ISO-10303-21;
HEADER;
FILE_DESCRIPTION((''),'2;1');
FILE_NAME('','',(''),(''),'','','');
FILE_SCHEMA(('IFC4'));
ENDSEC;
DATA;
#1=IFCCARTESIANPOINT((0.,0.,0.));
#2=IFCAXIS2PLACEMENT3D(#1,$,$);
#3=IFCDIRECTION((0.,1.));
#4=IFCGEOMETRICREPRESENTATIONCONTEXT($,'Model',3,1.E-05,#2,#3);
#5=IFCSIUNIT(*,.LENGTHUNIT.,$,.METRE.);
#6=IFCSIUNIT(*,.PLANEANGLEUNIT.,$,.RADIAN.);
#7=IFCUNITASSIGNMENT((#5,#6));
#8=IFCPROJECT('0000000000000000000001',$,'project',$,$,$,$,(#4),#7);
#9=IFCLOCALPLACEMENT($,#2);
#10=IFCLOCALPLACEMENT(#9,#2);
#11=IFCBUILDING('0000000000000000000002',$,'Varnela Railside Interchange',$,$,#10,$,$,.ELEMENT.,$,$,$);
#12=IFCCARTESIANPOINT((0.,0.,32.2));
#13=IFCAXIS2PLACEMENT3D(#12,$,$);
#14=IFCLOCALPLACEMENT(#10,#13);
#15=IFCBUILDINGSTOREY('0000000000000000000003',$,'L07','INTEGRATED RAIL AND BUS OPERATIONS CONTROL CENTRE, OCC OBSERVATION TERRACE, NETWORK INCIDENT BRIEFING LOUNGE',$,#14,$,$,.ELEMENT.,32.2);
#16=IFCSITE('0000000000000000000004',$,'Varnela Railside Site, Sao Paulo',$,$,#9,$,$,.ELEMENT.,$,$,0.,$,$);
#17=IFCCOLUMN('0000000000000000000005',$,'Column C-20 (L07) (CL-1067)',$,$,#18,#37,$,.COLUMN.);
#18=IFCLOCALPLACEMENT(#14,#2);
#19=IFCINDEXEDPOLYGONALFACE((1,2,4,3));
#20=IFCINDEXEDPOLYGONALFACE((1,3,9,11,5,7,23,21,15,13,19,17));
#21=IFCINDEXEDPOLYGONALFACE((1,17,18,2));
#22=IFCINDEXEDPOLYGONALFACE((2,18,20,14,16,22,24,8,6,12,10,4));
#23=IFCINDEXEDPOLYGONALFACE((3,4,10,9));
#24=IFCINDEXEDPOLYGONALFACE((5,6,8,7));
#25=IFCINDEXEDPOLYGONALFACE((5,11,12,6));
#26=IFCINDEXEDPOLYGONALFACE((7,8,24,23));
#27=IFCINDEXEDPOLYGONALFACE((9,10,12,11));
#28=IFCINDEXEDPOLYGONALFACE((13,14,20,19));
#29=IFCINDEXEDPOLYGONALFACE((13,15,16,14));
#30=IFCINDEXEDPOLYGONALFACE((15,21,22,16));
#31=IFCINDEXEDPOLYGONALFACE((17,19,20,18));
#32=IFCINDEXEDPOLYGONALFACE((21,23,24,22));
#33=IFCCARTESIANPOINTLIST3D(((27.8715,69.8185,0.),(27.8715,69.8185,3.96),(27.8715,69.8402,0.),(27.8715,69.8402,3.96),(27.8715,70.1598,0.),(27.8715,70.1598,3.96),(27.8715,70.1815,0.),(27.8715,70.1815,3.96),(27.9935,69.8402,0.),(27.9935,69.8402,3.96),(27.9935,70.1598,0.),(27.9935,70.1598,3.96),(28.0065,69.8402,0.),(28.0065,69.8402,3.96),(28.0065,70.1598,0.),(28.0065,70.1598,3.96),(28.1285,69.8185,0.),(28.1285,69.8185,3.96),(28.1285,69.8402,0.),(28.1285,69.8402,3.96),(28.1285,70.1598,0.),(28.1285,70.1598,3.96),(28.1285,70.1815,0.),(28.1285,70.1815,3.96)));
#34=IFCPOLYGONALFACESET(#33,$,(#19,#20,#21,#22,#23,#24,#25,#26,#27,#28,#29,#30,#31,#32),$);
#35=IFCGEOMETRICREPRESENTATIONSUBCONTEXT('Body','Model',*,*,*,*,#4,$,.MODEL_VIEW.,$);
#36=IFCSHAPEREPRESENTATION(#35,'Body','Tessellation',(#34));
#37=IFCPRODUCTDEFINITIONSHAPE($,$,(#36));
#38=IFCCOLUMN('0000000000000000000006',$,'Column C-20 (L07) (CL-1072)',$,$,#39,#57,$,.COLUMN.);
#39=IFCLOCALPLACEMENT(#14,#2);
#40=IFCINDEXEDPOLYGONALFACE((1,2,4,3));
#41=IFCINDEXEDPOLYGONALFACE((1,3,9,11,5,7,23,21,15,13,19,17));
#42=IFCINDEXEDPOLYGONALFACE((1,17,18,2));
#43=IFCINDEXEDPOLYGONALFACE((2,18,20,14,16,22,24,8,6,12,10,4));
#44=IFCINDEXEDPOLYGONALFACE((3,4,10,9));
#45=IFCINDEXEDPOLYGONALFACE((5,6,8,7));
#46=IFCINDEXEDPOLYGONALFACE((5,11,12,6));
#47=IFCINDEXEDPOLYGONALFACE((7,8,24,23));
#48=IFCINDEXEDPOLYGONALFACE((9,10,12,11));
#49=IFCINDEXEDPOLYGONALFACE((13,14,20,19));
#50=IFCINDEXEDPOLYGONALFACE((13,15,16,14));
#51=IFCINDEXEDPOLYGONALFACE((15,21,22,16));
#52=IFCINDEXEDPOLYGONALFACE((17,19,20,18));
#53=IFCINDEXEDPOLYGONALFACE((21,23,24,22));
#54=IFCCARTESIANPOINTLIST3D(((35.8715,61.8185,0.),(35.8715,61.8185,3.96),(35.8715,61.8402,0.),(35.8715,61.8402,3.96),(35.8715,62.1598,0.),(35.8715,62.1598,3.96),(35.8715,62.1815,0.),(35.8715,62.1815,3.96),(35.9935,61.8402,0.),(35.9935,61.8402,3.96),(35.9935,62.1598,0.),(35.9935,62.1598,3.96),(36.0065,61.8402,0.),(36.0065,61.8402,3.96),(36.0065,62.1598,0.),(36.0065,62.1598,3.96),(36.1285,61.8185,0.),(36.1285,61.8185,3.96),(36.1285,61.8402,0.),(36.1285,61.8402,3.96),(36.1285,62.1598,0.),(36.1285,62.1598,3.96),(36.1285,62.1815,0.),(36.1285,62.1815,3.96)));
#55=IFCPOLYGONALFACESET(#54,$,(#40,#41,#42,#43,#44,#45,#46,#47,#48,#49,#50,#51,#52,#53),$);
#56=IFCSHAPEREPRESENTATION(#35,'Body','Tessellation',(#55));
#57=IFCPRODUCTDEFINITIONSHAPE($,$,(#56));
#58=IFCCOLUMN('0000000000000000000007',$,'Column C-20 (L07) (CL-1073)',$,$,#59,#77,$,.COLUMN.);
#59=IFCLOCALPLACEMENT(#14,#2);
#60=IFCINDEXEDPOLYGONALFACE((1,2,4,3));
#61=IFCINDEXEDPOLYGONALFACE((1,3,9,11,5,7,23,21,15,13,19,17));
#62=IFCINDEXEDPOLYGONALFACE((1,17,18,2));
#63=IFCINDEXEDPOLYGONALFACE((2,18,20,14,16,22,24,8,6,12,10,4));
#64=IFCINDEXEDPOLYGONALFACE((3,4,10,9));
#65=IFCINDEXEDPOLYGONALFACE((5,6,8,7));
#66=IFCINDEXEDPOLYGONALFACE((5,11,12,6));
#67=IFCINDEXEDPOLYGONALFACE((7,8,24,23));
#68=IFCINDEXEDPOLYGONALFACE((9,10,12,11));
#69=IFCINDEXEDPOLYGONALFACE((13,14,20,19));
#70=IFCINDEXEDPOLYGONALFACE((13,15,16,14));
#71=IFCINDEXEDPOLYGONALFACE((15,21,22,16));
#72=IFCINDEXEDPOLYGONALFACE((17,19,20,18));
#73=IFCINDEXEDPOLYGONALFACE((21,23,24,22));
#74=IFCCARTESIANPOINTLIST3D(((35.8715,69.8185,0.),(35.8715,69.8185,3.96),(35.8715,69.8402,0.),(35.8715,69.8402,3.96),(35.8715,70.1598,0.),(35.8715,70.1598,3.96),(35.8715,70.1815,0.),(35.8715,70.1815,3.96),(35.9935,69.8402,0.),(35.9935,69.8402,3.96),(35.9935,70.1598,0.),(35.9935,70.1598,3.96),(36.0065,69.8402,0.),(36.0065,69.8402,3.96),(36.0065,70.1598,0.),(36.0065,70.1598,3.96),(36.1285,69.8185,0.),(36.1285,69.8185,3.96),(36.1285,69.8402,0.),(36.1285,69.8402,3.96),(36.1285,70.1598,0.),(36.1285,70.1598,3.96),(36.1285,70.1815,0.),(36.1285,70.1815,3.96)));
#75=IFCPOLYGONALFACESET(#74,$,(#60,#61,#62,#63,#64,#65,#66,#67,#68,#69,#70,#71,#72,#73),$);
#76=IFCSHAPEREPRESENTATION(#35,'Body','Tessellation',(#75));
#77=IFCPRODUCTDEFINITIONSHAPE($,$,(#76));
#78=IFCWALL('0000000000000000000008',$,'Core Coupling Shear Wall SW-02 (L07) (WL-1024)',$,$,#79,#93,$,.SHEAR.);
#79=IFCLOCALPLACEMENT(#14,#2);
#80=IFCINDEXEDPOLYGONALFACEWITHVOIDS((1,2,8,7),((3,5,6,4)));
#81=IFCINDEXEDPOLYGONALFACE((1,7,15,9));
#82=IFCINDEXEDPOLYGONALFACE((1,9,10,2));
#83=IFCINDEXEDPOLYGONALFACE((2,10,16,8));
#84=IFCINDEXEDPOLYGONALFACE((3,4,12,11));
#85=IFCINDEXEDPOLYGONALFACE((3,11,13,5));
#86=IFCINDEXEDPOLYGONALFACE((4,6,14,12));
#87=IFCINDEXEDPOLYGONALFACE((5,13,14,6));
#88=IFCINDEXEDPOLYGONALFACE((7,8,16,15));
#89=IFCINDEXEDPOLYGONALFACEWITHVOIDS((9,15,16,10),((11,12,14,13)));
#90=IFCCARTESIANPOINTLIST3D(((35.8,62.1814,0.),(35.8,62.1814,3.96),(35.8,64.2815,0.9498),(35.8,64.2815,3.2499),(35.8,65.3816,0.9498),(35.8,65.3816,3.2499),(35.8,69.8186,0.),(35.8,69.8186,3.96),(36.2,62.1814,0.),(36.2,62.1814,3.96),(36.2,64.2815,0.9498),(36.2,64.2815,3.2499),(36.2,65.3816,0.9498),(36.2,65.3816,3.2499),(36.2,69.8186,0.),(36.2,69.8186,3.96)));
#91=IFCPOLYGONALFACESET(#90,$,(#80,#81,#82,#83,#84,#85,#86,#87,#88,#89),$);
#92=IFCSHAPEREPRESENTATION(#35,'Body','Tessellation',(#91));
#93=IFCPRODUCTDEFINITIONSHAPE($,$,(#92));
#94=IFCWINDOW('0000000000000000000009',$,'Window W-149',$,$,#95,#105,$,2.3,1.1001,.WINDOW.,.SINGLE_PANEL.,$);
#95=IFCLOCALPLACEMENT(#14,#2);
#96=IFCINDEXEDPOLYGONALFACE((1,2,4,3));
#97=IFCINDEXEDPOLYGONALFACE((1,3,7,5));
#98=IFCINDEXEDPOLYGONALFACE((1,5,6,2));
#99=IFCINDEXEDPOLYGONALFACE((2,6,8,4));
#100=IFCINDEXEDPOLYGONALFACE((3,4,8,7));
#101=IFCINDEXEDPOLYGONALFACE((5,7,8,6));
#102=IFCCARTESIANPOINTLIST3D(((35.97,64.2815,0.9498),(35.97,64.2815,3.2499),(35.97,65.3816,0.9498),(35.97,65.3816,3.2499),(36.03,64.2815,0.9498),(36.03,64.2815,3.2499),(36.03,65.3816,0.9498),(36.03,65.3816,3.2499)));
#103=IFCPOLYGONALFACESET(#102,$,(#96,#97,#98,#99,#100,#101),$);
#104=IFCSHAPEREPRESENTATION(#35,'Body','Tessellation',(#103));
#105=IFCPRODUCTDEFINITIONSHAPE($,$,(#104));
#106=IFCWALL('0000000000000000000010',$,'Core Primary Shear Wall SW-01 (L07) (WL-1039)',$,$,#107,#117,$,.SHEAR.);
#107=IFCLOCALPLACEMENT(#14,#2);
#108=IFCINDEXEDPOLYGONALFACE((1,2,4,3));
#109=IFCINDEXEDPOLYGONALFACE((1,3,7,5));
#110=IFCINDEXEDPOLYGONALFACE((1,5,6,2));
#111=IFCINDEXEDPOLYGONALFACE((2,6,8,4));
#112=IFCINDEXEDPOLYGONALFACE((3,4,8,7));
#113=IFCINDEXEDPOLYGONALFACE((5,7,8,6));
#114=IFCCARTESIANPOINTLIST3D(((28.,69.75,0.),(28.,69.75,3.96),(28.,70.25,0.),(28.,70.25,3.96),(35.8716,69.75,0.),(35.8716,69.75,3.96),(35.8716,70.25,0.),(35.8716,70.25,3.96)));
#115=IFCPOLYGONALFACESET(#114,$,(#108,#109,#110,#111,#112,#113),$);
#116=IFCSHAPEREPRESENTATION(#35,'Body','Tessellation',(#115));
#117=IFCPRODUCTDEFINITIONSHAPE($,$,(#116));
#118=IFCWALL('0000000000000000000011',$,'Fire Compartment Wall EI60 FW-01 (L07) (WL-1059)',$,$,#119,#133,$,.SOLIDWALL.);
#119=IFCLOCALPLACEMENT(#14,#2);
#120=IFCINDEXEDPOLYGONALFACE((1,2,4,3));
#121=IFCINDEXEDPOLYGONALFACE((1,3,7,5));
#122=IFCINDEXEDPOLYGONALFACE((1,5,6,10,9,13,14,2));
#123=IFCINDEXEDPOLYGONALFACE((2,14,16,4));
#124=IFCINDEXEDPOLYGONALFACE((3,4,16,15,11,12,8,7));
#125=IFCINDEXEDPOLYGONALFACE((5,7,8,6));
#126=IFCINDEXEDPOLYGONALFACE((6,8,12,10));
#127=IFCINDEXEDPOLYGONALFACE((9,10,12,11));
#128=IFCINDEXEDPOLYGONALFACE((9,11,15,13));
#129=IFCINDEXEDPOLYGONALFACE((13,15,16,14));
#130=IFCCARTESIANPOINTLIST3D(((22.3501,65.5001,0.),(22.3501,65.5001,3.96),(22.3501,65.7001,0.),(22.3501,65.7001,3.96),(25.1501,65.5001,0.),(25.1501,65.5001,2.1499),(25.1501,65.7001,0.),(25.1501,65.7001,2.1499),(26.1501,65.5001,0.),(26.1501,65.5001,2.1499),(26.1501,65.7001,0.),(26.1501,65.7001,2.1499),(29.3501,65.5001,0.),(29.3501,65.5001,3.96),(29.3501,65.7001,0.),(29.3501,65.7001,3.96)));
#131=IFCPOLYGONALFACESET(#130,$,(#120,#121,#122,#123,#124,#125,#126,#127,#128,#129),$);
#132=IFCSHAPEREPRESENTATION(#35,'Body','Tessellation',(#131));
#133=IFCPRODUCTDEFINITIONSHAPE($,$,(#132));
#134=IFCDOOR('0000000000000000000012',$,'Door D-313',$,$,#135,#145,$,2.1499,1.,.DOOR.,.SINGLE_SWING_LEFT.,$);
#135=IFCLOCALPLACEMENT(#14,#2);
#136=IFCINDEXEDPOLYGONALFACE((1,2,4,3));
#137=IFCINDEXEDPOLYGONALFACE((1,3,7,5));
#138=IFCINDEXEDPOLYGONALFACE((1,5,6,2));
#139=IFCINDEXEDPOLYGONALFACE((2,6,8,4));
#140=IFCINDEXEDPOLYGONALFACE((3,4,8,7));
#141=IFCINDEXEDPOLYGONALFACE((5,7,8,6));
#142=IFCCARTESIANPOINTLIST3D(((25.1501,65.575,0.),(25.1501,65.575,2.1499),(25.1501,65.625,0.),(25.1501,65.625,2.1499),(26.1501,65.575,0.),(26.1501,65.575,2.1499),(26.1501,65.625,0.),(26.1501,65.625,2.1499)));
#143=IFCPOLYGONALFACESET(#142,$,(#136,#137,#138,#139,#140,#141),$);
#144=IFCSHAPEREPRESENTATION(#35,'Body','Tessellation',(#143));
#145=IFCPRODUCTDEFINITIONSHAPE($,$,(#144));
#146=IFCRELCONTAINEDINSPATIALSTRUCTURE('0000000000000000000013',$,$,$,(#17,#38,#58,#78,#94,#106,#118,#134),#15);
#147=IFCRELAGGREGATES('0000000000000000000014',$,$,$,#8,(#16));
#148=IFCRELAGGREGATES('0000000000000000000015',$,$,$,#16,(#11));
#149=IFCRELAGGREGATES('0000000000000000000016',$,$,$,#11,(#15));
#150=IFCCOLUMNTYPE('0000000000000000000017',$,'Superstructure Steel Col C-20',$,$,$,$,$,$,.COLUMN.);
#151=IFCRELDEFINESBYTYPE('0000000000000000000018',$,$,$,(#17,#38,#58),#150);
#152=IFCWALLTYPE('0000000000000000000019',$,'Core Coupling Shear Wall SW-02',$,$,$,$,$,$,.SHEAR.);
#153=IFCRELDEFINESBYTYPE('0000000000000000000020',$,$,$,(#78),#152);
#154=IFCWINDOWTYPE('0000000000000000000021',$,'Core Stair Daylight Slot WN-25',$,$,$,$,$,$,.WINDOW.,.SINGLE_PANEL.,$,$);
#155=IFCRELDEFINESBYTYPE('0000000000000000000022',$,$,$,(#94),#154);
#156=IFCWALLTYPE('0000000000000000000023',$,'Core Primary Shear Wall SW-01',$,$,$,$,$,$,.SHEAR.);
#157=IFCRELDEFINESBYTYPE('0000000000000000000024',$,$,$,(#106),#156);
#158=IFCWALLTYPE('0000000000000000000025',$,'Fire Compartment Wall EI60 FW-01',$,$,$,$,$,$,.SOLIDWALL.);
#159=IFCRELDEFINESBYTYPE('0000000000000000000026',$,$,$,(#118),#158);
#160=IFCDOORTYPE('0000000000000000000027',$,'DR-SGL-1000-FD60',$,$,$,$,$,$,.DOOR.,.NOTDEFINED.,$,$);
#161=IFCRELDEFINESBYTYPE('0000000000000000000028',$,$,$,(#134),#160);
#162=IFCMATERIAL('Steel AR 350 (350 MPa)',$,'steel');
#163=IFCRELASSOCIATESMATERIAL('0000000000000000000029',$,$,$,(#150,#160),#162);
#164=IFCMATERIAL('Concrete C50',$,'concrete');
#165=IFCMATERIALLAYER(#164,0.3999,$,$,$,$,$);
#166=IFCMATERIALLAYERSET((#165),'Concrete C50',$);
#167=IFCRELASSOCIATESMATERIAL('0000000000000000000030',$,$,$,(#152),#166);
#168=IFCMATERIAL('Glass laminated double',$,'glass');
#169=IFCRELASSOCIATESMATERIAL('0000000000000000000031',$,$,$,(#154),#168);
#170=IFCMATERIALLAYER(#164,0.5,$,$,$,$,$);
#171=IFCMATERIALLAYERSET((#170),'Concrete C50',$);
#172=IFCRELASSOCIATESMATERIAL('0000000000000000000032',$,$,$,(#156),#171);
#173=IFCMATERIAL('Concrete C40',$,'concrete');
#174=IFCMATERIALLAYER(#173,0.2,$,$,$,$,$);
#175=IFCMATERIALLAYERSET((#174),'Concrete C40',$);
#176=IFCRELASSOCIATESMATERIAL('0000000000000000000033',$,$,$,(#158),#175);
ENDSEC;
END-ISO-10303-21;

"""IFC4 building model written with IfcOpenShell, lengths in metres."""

from ifc_helpers import new_model, si_unit, direction, frame, frame_2d, origin, origin_2d, place, context, subcontext, project, spatial, rectangle, i_section, extrude, material, layer, layer_set, material_profile, profile_set, type_object, element, fill, save


model = new_model("IFC4")

# Units and contexts
model_context = context("Model", 3, precision=1e-05, world=origin(), true_north=direction((0.0, 1.0)))
body_context = subcontext(model_context, "Body", "Model", "MODEL_VIEW")
ifc_project = project(units=[si_unit("LENGTHUNIT", "METRE"), si_unit("PLANEANGLEUNIT", "RADIAN")], contexts=[model_context])

# Site, building, storey
site_placement = place(None, origin())
site = spatial("IfcSite", under=ifc_project, at=site_placement, Name="Varnela Railside Site, Sao Paulo", CompositionType="ELEMENT", RefElevation=0.0)
building_placement = place(site_placement, origin())
building = spatial("IfcBuilding", under=site, at=building_placement, Name="Varnela Railside Interchange", CompositionType="ELEMENT")
storey_placement = place(building_placement, frame((0.0, 0.0, 32.2)))
storey = spatial("IfcBuildingStorey", under=building, at=storey_placement, Name="L07", Description="INTEGRATED RAIL AND BUS OPERATIONS CONTROL CENTRE, OCC OBSERVATION TERRACE, NETWORK INCIDENT BRIEFING LOUNGE", CompositionType="ELEMENT", Elevation=32.2)

# Columns
ifc_material_1 = material(Name="Steel AR 350 (350 MPa)", Category="steel")
ifc_material_profile = material_profile(ifc_material_1, i_section(OverallWidth=0.2571, OverallDepth=0.363, WebThickness=0.0129, FlangeThickness=0.0217, at=origin_2d()), Name="W360x122")
ifc_profile_set = profile_set([ifc_material_profile], Name="Steel AR 350 (350 MPa)")
column_type = type_object("IfcColumnType", Name="Superstructure Steel Col C-20", PredefinedType="COLUMN", material=ifc_profile_set)
for number, where, z_axis, x_axis, name in (
    (1, (28.0, 70.0, 0.0), (0.0, 0.0, 1.0), (1.0, 0.0, 0.0), "Column C-20 (L07) (CL-1067)"),
    (2, (36.0, 62.0, 0.0), (0.0, 0.0, 1.0), (1.0, 0.0, 0.0), "Column C-20 (L07) (CL-1072)"),
    (3, (36.0, 70.0, 0.0), (0.0, 0.0, 1.0), (1.0, 0.0, 0.0), "Column C-20 (L07) (CL-1073)"),
):
    element("IfcColumn", number, at=place(storey_placement, frame(where, z_axis=z_axis, x_axis=x_axis)), inside=storey, type_object=column_type, Name=name, PredefinedType="COLUMN", context=body_context, shape_type="SweptSolid", body=[
        extrude(i_section(OverallWidth=0.2571, OverallDepth=0.363, WebThickness=0.0129, FlangeThickness=0.0217, at=origin_2d()), origin(), (0.0, 0.0, 1.0), 3.96),
    ])

# Wall, opening, window
ifc_material_2 = material(Name="Concrete C50", Category="concrete")
ifc_layer_1 = layer(ifc_material_2, 0.3999)
ifc_layer_set_1 = layer_set([ifc_layer_1], Name="Concrete C50")
wall_type_1 = type_object("IfcWallType", Name="Core Coupling Shear Wall SW-02", PredefinedType="SHEAR", material=ifc_layer_set_1)
wall_1_placement = place(storey_placement, frame((36.0, 62.1814, 0.0), z_axis=(0.0, 0.0, 1.0), x_axis=(0.0, 1.0, 0.0)))
wall_1 = element("IfcWall", 4, at=wall_1_placement, inside=storey, type_object=wall_type_1, Name="Core Coupling Shear Wall SW-02 (L07) (WL-1024)", PredefinedType="SHEAR", context=body_context, shape_type="SweptSolid", body=[
    extrude(rectangle(XDim=7.6372, YDim=0.3999, at=frame_2d((3.8186, 0.0))), origin(), (0.0, 0.0, 1.0), 3.96),
])
opening_1_placement = place(wall_1_placement, frame((2.1001, 0.0, 0.95)))
opening_1 = element("IfcOpeningElement", 5, at=opening_1_placement, cuts=wall_1, PredefinedType="OPENING", context=body_context, shape_type="SweptSolid", body=[
    extrude(rectangle(XDim=1.1001, YDim=2.3, at=frame_2d((0.55, 1.1499))), frame((0.0, 0.21, 0.0), z_axis=(0.0, -1.0, 0.0), x_axis=(1.0, 0.0, 0.0)), (0.0, 0.0, 1.0), 0.4199),
])
ifc_material_3 = material(Name="Glass laminated double", Category="glass")
window_type = type_object("IfcWindowType", Name="Core Stair Daylight Slot WN-25", PartitioningType="SINGLE_PANEL", PredefinedType="WINDOW", material=ifc_material_3)
window_placement = place(opening_1_placement, origin())
window = element("IfcWindow", 6, at=window_placement, inside=storey, type_object=window_type, Name="Window W-149", OverallHeight=2.3, OverallWidth=1.1001, PartitioningType="SINGLE_PANEL", PredefinedType="WINDOW", context=body_context, shape_type="SweptSolid", body=[
    extrude(rectangle(XDim=1.1001, YDim=2.3, at=frame_2d((0.55, 1.1499))), frame((0.0, 0.03, 0.0), z_axis=(0.0, -1.0, 0.0), x_axis=(1.0, 0.0, 0.0)), (0.0, 0.0, 1.0), 0.0601),
])
fill(opening_1, window)

# Wall
ifc_layer_2 = layer(ifc_material_2, 0.5)
ifc_layer_set_2 = layer_set([ifc_layer_2], Name="Concrete C50")
wall_type_2 = type_object("IfcWallType", Name="Core Primary Shear Wall SW-01", PredefinedType="SHEAR", material=ifc_layer_set_2)
wall_2_placement = place(storey_placement, frame((28.0, 70.0, 0.0), z_axis=(0.0, 0.0, 1.0), x_axis=(1.0, 0.0, 0.0)))
element("IfcWall", 7, at=wall_2_placement, inside=storey, type_object=wall_type_2, Name="Core Primary Shear Wall SW-01 (L07) (WL-1039)", PredefinedType="SHEAR", context=body_context, shape_type="SweptSolid", body=[
    extrude(rectangle(XDim=7.8716, YDim=0.5, at=frame_2d((3.9358, 0.0))), origin(), (0.0, 0.0, 1.0), 3.96),
])

# Wall, opening, door
ifc_material_4 = material(Name="Concrete C40", Category="concrete")
ifc_layer_3 = layer(ifc_material_4, 0.2)
ifc_layer_set_3 = layer_set([ifc_layer_3], Name="Concrete C40")
wall_type_3 = type_object("IfcWallType", Name="Fire Compartment Wall EI60 FW-01", PredefinedType="SOLIDWALL", material=ifc_layer_set_3)
wall_3_placement = place(storey_placement, frame((22.3501, 65.6001, 0.0), z_axis=(0.0, 0.0, 1.0), x_axis=(1.0, 0.0, 0.0)))
wall_3 = element("IfcWall", 8, at=wall_3_placement, inside=storey, type_object=wall_type_3, Name="Fire Compartment Wall EI60 FW-01 (L07) (WL-1059)", PredefinedType="SOLIDWALL", context=body_context, shape_type="SweptSolid", body=[
    extrude(rectangle(XDim=7.0, YDim=0.2, at=frame_2d((3.5, 0.0))), origin(), (0.0, 0.0, 1.0), 3.96),
])
opening_2_placement = place(wall_3_placement, frame((2.8, 0.0, 0.0)))
opening_2 = element("IfcOpeningElement", 9, at=opening_2_placement, cuts=wall_3, PredefinedType="OPENING", context=body_context, shape_type="SweptSolid", body=[
    extrude(rectangle(XDim=1.0, YDim=2.1499, at=frame_2d((0.5, 1.075))), frame((0.0, 0.1099, 0.0), z_axis=(0.0, -1.0, 0.0), x_axis=(1.0, 0.0, 0.0)), (0.0, 0.0, 1.0), 0.22),
])
door_type_1 = type_object("IfcDoorType", Name="DR-SGL-1000-FD60", OperationType="NOTDEFINED", PredefinedType="DOOR", material=ifc_material_1)
door_1_placement = place(opening_2_placement, origin())
door_1 = element("IfcDoor", 10, at=door_1_placement, inside=storey, type_object=door_type_1, Name="Door D-313", OperationType="SINGLE_SWING_LEFT", OverallHeight=2.1499, OverallWidth=1.0, PredefinedType="DOOR", context=body_context, shape_type="SweptSolid", body=[
    extrude(rectangle(XDim=1.0, YDim=2.1499, at=frame_2d((0.5, 1.075))), frame((0.0, 0.0249, 0.0), z_axis=(0.0, -1.0, 0.0), x_axis=(1.0, 0.0, 0.0)), (0.0, 0.0, 1.0), 0.05),
])
fill(opening_2, door_1)

save(model, "model.ifc")
